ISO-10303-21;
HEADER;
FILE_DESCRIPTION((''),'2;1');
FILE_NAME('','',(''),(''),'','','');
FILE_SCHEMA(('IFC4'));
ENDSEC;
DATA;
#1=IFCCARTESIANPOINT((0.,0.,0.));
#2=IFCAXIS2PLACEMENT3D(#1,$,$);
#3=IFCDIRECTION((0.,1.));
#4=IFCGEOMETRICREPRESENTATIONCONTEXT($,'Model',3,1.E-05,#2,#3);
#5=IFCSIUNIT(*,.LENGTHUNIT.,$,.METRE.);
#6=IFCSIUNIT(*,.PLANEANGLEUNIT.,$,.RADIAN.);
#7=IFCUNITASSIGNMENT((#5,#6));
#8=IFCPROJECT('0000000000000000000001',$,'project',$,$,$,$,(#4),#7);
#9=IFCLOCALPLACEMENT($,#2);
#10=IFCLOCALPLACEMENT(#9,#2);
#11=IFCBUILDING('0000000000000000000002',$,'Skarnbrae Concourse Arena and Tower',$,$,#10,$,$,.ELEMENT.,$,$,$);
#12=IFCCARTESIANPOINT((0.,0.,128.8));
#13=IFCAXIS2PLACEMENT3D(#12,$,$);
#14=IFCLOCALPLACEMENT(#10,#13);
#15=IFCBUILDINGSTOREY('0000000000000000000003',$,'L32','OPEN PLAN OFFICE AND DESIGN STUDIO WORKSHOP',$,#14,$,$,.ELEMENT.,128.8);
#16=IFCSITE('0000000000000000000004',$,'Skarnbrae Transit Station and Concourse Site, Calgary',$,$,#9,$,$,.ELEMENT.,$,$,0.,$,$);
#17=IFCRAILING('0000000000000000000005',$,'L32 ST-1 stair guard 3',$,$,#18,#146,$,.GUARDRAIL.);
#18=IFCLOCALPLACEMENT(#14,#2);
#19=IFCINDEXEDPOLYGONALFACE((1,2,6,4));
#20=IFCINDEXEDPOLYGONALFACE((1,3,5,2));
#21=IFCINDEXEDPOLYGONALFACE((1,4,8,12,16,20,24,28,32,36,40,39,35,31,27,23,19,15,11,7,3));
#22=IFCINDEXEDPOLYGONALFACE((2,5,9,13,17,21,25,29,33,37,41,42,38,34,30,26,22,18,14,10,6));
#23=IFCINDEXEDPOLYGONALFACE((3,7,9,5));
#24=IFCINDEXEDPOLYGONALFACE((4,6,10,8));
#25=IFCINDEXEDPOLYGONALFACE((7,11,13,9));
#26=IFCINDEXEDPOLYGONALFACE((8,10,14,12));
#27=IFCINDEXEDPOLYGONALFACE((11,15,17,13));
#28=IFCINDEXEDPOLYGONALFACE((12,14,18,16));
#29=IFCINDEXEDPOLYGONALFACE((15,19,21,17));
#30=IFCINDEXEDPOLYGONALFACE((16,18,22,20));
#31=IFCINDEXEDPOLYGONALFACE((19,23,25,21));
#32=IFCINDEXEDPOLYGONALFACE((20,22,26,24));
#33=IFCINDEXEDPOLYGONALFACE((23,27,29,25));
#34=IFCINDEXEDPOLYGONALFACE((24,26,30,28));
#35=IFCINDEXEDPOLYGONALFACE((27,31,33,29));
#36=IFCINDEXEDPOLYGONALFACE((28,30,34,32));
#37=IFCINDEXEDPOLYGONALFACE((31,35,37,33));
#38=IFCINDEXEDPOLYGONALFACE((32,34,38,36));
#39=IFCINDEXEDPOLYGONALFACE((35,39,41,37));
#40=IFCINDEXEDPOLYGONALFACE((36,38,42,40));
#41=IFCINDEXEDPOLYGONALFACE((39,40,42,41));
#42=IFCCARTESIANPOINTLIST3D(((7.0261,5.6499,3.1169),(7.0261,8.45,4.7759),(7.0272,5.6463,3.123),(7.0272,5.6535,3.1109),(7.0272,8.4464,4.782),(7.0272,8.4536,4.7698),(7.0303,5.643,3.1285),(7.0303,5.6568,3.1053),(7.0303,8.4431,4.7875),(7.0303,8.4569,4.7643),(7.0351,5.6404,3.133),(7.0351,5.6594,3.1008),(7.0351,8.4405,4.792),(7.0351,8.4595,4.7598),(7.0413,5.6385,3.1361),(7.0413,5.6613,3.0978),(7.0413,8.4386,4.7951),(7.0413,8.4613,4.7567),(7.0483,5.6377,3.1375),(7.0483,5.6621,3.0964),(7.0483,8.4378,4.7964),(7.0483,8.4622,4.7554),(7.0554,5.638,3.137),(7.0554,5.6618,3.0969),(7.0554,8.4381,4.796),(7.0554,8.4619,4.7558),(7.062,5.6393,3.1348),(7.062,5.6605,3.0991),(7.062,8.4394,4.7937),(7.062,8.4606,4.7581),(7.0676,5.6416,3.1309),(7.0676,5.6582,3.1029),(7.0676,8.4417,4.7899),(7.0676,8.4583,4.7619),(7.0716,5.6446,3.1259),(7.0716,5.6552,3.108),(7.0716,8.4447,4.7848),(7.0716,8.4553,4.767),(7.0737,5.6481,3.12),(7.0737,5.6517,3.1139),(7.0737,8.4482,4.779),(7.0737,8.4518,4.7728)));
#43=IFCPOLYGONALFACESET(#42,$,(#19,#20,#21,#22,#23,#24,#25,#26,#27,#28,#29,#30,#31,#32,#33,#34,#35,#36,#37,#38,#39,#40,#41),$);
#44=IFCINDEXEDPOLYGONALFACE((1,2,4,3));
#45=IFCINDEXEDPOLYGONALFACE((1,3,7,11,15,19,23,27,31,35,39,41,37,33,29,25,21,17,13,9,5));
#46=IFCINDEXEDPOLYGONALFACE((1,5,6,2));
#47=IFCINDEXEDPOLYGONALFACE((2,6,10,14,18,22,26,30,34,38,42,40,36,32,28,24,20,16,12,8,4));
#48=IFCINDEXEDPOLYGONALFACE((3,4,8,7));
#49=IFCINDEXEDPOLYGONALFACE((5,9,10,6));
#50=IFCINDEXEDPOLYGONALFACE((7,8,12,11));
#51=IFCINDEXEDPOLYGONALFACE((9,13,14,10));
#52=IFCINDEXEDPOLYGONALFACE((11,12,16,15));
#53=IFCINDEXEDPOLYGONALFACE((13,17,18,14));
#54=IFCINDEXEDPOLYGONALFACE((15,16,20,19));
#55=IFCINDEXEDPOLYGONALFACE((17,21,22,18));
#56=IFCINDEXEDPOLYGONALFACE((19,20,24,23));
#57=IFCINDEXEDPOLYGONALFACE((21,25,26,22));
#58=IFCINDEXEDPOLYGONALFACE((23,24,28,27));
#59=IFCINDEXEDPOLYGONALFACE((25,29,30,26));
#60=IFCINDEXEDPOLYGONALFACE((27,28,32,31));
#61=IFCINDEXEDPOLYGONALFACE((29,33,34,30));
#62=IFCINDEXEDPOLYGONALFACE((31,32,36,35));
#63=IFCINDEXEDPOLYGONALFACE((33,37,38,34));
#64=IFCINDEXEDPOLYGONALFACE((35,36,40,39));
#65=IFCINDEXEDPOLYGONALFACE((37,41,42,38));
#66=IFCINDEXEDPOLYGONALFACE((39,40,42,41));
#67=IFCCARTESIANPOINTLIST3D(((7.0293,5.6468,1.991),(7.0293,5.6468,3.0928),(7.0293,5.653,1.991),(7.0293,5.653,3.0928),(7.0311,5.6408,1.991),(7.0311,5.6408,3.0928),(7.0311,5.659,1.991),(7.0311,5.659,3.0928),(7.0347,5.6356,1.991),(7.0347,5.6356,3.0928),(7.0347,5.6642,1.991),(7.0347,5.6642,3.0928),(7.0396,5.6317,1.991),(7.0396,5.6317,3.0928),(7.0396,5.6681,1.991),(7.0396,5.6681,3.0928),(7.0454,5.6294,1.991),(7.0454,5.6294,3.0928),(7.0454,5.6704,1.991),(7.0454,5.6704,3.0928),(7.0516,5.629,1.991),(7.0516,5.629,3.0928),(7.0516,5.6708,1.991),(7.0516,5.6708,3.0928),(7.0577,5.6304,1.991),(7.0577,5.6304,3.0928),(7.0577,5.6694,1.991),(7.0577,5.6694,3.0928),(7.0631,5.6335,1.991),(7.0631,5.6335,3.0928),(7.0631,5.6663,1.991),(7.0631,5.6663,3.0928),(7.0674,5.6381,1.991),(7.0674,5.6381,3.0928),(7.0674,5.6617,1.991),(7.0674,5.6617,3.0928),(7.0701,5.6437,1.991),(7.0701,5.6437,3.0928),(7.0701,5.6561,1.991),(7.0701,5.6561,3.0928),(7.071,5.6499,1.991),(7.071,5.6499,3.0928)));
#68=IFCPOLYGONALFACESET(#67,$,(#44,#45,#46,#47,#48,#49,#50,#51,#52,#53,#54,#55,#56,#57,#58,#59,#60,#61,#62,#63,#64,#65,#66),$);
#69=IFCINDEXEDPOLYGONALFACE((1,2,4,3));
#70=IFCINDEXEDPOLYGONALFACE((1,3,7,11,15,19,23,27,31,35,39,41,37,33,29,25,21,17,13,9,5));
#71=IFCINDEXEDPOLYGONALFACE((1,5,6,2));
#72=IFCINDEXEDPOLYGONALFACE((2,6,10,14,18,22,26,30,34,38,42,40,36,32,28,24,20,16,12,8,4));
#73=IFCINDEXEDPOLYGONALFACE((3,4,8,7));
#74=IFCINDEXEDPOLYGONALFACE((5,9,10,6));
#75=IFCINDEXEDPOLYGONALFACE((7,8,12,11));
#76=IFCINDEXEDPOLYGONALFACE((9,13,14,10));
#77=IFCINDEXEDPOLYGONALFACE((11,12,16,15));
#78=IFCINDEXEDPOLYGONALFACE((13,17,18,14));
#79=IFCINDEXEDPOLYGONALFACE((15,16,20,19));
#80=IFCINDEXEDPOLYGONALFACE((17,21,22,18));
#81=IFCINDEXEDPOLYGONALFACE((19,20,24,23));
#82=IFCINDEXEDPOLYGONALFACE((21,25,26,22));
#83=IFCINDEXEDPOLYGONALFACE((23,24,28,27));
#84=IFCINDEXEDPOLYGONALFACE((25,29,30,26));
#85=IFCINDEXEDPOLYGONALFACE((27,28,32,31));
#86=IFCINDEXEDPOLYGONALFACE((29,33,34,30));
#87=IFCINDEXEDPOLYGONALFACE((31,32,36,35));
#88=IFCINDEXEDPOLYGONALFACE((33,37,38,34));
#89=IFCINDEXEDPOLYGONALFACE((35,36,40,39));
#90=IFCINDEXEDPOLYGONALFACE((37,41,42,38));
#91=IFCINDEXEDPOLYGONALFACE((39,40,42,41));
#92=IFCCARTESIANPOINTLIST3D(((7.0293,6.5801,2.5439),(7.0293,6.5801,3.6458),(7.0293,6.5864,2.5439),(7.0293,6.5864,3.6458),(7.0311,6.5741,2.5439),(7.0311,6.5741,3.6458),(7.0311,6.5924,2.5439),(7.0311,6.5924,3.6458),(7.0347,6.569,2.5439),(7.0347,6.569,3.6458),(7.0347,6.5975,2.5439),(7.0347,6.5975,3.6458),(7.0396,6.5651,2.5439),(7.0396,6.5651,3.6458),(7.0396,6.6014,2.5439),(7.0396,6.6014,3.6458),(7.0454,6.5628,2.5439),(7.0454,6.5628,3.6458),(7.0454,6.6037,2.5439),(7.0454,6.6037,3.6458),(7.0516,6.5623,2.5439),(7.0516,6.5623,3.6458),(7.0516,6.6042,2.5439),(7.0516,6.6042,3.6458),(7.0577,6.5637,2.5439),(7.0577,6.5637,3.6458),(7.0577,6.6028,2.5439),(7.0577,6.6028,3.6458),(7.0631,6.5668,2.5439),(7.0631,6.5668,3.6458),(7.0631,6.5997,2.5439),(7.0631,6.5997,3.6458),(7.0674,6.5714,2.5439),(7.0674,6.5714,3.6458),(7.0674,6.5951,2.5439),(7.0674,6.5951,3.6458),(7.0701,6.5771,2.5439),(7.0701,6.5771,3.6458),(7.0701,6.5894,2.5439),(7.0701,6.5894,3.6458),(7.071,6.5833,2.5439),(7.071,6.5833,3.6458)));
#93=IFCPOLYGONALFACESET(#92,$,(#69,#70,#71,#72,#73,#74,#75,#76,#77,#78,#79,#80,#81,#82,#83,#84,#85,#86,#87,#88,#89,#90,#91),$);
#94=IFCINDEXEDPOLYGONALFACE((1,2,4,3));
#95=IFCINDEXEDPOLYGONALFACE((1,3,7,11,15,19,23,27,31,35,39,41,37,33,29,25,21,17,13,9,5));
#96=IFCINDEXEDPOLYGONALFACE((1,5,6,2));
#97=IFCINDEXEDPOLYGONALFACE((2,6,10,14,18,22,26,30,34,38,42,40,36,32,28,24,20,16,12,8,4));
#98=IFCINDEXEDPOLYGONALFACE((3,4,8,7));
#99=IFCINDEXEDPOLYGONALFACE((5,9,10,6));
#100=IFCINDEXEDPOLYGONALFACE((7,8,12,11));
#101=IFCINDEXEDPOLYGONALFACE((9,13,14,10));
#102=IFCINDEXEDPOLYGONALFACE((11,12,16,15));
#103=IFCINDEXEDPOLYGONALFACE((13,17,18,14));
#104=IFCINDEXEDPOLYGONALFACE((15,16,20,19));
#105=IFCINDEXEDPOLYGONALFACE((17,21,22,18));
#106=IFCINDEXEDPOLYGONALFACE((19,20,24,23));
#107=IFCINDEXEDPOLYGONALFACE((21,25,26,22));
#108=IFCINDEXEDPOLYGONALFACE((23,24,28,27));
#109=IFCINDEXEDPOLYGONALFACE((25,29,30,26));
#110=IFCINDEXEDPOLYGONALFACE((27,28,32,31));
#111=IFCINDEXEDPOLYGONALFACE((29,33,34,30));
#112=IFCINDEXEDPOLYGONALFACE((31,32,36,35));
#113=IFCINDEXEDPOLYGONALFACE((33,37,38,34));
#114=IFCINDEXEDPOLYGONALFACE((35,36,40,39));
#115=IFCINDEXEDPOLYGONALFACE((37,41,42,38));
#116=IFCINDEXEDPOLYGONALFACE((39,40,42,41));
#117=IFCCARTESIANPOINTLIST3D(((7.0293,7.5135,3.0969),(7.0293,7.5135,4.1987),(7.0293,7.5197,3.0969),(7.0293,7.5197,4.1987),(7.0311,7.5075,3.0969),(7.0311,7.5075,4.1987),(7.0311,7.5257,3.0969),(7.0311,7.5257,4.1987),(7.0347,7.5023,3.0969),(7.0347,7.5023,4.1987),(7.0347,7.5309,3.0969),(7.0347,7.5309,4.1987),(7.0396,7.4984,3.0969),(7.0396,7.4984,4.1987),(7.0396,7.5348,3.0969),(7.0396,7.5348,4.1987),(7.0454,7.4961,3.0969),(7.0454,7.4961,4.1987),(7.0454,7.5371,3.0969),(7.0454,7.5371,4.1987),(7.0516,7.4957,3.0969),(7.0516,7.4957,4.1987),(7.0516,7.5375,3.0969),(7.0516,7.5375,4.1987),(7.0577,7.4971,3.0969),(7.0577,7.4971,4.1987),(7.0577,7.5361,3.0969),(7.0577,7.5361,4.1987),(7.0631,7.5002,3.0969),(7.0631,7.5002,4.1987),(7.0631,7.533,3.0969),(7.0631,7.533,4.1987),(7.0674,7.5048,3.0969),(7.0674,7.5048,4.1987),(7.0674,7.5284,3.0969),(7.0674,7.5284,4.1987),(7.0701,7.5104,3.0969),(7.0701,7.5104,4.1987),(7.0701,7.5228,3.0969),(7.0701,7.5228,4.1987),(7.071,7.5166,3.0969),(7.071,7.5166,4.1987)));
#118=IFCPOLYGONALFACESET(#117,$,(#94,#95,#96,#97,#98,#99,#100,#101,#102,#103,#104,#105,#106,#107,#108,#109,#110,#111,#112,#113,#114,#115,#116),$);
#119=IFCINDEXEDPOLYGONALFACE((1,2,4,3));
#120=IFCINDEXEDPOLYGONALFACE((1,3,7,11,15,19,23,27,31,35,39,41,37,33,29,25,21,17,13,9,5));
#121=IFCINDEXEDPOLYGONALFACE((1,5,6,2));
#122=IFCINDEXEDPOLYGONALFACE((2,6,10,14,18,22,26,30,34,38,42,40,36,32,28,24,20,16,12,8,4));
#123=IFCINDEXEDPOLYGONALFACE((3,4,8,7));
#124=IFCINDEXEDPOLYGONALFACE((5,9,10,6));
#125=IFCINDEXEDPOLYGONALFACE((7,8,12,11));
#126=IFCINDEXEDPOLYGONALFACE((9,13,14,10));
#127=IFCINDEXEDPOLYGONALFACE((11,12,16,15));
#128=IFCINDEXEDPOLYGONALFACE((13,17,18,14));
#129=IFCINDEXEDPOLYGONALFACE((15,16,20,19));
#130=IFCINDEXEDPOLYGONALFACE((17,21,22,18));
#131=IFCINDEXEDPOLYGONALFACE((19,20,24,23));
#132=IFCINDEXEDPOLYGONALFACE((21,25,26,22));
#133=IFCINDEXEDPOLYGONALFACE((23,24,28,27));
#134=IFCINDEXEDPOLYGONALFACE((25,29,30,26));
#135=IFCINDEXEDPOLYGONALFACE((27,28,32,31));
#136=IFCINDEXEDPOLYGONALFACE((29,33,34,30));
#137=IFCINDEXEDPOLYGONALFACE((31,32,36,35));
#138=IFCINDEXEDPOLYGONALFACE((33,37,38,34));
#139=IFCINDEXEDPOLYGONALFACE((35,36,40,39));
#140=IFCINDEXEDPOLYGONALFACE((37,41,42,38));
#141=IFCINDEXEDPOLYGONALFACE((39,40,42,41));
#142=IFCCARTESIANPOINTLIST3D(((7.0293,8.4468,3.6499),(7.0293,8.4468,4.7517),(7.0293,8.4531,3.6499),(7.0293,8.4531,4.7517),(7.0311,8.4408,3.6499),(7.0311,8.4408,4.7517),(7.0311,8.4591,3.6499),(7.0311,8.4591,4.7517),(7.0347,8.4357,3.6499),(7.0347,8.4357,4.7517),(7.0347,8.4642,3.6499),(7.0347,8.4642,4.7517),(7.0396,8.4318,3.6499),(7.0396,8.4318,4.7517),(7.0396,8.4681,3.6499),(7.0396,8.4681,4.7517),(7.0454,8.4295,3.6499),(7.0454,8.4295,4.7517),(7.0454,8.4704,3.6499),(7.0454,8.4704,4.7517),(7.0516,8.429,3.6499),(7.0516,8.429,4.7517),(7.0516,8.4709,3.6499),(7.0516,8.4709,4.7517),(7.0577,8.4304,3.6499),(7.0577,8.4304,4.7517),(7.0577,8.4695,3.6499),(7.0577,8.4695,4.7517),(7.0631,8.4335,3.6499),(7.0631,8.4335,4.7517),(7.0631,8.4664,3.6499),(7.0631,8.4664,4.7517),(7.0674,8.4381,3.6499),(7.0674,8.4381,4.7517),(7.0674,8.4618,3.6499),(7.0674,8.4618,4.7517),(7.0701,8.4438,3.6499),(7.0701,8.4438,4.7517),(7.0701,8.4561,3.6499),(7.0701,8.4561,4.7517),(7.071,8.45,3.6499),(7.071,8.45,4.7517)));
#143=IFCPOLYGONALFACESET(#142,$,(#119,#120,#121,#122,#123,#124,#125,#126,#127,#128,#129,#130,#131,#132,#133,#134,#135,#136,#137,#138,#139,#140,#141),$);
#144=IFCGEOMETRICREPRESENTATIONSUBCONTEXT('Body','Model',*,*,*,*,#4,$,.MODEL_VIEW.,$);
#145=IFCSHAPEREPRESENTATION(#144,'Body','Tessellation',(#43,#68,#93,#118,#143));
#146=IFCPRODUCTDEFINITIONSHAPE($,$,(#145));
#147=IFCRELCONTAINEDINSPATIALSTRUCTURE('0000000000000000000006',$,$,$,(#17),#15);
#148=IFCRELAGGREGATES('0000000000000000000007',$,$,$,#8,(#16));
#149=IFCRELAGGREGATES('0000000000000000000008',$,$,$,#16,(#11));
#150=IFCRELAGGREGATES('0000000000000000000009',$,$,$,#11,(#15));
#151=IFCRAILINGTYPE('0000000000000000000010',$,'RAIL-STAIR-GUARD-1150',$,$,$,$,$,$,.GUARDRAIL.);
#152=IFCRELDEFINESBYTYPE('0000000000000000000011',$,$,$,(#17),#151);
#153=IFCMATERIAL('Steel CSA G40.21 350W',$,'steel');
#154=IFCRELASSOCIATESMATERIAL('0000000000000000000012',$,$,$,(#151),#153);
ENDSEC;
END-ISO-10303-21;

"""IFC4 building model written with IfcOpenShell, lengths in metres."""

from ifc_helpers import new_model, si_unit, direction, frame, origin, origin_2d, place, context, subcontext, project, spatial, circle, extrude, material, type_object, element, save


model = new_model("IFC4")

# Units and contexts
model_context = context("Model", 3, precision=1e-05, world=origin(), true_north=direction((0.0, 1.0)))
body_context = subcontext(model_context, "Body", "Model", "MODEL_VIEW")
ifc_project = project(units=[si_unit("LENGTHUNIT", "METRE"), si_unit("PLANEANGLEUNIT", "RADIAN")], contexts=[model_context])

# Site, building, storey
site_placement = place(None, origin())
site = spatial("IfcSite", under=ifc_project, at=site_placement, Name="Skarnbrae Transit Station and Concourse Site, Calgary", CompositionType="ELEMENT", RefElevation=0.0)
building_placement = place(site_placement, origin())
building = spatial("IfcBuilding", under=site, at=building_placement, Name="Skarnbrae Concourse Arena and Tower", CompositionType="ELEMENT")
storey_placement = place(building_placement, frame((0.0, 0.0, 128.8)))
storey = spatial("IfcBuildingStorey", under=building, at=storey_placement, Name="L32", Description="OPEN PLAN OFFICE AND DESIGN STUDIO WORKSHOP", CompositionType="ELEMENT", Elevation=128.8)

# Shared definitions
ifc_material_1 = material(Name="Steel CSA G40.21 350W", Category="steel")

# Railing
railing_type_1 = type_object("IfcRailingType", Name="RAIL-STAIR-GUARD-1150", PredefinedType="GUARDRAIL", material=ifc_material_1)
railing_1_placement = place(storey_placement, frame((7.05, 5.6499, 1.991)))
element("IfcRailing", 1, at=railing_1_placement, inside=storey, type_object=railing_type_1, Name="L32 ST-1 stair guard 3", PredefinedType="GUARDRAIL", context=body_context, shape_type="SweptSolid", body=[
    extrude(circle(Radius=0.0239, at=origin_2d()), frame((0.0, 0.0, 1.126), z_axis=(0.0, 0.860339, 0.509722), x_axis=(-1.0, 0.0, 0.0)), (0.0, 0.0, 1.0), 3.2546),
    extrude(circle(Radius=0.021, at=origin_2d()), origin(), (0.0, 0.0, 1.0), 1.1018),
    extrude(circle(Radius=0.021, at=origin_2d()), frame((0.0, 0.9333, 0.553)), (0.0, 0.0, 1.0), 1.1018),
    extrude(circle(Radius=0.021, at=origin_2d()), frame((0.0, 1.8667, 1.106)), (0.0, 0.0, 1.0), 1.1018),
    extrude(circle(Radius=0.021, at=origin_2d()), frame((0.0, 2.8, 1.6589)), (0.0, 0.0, 1.0), 1.1018),
])

save(model, "model.ifc")
